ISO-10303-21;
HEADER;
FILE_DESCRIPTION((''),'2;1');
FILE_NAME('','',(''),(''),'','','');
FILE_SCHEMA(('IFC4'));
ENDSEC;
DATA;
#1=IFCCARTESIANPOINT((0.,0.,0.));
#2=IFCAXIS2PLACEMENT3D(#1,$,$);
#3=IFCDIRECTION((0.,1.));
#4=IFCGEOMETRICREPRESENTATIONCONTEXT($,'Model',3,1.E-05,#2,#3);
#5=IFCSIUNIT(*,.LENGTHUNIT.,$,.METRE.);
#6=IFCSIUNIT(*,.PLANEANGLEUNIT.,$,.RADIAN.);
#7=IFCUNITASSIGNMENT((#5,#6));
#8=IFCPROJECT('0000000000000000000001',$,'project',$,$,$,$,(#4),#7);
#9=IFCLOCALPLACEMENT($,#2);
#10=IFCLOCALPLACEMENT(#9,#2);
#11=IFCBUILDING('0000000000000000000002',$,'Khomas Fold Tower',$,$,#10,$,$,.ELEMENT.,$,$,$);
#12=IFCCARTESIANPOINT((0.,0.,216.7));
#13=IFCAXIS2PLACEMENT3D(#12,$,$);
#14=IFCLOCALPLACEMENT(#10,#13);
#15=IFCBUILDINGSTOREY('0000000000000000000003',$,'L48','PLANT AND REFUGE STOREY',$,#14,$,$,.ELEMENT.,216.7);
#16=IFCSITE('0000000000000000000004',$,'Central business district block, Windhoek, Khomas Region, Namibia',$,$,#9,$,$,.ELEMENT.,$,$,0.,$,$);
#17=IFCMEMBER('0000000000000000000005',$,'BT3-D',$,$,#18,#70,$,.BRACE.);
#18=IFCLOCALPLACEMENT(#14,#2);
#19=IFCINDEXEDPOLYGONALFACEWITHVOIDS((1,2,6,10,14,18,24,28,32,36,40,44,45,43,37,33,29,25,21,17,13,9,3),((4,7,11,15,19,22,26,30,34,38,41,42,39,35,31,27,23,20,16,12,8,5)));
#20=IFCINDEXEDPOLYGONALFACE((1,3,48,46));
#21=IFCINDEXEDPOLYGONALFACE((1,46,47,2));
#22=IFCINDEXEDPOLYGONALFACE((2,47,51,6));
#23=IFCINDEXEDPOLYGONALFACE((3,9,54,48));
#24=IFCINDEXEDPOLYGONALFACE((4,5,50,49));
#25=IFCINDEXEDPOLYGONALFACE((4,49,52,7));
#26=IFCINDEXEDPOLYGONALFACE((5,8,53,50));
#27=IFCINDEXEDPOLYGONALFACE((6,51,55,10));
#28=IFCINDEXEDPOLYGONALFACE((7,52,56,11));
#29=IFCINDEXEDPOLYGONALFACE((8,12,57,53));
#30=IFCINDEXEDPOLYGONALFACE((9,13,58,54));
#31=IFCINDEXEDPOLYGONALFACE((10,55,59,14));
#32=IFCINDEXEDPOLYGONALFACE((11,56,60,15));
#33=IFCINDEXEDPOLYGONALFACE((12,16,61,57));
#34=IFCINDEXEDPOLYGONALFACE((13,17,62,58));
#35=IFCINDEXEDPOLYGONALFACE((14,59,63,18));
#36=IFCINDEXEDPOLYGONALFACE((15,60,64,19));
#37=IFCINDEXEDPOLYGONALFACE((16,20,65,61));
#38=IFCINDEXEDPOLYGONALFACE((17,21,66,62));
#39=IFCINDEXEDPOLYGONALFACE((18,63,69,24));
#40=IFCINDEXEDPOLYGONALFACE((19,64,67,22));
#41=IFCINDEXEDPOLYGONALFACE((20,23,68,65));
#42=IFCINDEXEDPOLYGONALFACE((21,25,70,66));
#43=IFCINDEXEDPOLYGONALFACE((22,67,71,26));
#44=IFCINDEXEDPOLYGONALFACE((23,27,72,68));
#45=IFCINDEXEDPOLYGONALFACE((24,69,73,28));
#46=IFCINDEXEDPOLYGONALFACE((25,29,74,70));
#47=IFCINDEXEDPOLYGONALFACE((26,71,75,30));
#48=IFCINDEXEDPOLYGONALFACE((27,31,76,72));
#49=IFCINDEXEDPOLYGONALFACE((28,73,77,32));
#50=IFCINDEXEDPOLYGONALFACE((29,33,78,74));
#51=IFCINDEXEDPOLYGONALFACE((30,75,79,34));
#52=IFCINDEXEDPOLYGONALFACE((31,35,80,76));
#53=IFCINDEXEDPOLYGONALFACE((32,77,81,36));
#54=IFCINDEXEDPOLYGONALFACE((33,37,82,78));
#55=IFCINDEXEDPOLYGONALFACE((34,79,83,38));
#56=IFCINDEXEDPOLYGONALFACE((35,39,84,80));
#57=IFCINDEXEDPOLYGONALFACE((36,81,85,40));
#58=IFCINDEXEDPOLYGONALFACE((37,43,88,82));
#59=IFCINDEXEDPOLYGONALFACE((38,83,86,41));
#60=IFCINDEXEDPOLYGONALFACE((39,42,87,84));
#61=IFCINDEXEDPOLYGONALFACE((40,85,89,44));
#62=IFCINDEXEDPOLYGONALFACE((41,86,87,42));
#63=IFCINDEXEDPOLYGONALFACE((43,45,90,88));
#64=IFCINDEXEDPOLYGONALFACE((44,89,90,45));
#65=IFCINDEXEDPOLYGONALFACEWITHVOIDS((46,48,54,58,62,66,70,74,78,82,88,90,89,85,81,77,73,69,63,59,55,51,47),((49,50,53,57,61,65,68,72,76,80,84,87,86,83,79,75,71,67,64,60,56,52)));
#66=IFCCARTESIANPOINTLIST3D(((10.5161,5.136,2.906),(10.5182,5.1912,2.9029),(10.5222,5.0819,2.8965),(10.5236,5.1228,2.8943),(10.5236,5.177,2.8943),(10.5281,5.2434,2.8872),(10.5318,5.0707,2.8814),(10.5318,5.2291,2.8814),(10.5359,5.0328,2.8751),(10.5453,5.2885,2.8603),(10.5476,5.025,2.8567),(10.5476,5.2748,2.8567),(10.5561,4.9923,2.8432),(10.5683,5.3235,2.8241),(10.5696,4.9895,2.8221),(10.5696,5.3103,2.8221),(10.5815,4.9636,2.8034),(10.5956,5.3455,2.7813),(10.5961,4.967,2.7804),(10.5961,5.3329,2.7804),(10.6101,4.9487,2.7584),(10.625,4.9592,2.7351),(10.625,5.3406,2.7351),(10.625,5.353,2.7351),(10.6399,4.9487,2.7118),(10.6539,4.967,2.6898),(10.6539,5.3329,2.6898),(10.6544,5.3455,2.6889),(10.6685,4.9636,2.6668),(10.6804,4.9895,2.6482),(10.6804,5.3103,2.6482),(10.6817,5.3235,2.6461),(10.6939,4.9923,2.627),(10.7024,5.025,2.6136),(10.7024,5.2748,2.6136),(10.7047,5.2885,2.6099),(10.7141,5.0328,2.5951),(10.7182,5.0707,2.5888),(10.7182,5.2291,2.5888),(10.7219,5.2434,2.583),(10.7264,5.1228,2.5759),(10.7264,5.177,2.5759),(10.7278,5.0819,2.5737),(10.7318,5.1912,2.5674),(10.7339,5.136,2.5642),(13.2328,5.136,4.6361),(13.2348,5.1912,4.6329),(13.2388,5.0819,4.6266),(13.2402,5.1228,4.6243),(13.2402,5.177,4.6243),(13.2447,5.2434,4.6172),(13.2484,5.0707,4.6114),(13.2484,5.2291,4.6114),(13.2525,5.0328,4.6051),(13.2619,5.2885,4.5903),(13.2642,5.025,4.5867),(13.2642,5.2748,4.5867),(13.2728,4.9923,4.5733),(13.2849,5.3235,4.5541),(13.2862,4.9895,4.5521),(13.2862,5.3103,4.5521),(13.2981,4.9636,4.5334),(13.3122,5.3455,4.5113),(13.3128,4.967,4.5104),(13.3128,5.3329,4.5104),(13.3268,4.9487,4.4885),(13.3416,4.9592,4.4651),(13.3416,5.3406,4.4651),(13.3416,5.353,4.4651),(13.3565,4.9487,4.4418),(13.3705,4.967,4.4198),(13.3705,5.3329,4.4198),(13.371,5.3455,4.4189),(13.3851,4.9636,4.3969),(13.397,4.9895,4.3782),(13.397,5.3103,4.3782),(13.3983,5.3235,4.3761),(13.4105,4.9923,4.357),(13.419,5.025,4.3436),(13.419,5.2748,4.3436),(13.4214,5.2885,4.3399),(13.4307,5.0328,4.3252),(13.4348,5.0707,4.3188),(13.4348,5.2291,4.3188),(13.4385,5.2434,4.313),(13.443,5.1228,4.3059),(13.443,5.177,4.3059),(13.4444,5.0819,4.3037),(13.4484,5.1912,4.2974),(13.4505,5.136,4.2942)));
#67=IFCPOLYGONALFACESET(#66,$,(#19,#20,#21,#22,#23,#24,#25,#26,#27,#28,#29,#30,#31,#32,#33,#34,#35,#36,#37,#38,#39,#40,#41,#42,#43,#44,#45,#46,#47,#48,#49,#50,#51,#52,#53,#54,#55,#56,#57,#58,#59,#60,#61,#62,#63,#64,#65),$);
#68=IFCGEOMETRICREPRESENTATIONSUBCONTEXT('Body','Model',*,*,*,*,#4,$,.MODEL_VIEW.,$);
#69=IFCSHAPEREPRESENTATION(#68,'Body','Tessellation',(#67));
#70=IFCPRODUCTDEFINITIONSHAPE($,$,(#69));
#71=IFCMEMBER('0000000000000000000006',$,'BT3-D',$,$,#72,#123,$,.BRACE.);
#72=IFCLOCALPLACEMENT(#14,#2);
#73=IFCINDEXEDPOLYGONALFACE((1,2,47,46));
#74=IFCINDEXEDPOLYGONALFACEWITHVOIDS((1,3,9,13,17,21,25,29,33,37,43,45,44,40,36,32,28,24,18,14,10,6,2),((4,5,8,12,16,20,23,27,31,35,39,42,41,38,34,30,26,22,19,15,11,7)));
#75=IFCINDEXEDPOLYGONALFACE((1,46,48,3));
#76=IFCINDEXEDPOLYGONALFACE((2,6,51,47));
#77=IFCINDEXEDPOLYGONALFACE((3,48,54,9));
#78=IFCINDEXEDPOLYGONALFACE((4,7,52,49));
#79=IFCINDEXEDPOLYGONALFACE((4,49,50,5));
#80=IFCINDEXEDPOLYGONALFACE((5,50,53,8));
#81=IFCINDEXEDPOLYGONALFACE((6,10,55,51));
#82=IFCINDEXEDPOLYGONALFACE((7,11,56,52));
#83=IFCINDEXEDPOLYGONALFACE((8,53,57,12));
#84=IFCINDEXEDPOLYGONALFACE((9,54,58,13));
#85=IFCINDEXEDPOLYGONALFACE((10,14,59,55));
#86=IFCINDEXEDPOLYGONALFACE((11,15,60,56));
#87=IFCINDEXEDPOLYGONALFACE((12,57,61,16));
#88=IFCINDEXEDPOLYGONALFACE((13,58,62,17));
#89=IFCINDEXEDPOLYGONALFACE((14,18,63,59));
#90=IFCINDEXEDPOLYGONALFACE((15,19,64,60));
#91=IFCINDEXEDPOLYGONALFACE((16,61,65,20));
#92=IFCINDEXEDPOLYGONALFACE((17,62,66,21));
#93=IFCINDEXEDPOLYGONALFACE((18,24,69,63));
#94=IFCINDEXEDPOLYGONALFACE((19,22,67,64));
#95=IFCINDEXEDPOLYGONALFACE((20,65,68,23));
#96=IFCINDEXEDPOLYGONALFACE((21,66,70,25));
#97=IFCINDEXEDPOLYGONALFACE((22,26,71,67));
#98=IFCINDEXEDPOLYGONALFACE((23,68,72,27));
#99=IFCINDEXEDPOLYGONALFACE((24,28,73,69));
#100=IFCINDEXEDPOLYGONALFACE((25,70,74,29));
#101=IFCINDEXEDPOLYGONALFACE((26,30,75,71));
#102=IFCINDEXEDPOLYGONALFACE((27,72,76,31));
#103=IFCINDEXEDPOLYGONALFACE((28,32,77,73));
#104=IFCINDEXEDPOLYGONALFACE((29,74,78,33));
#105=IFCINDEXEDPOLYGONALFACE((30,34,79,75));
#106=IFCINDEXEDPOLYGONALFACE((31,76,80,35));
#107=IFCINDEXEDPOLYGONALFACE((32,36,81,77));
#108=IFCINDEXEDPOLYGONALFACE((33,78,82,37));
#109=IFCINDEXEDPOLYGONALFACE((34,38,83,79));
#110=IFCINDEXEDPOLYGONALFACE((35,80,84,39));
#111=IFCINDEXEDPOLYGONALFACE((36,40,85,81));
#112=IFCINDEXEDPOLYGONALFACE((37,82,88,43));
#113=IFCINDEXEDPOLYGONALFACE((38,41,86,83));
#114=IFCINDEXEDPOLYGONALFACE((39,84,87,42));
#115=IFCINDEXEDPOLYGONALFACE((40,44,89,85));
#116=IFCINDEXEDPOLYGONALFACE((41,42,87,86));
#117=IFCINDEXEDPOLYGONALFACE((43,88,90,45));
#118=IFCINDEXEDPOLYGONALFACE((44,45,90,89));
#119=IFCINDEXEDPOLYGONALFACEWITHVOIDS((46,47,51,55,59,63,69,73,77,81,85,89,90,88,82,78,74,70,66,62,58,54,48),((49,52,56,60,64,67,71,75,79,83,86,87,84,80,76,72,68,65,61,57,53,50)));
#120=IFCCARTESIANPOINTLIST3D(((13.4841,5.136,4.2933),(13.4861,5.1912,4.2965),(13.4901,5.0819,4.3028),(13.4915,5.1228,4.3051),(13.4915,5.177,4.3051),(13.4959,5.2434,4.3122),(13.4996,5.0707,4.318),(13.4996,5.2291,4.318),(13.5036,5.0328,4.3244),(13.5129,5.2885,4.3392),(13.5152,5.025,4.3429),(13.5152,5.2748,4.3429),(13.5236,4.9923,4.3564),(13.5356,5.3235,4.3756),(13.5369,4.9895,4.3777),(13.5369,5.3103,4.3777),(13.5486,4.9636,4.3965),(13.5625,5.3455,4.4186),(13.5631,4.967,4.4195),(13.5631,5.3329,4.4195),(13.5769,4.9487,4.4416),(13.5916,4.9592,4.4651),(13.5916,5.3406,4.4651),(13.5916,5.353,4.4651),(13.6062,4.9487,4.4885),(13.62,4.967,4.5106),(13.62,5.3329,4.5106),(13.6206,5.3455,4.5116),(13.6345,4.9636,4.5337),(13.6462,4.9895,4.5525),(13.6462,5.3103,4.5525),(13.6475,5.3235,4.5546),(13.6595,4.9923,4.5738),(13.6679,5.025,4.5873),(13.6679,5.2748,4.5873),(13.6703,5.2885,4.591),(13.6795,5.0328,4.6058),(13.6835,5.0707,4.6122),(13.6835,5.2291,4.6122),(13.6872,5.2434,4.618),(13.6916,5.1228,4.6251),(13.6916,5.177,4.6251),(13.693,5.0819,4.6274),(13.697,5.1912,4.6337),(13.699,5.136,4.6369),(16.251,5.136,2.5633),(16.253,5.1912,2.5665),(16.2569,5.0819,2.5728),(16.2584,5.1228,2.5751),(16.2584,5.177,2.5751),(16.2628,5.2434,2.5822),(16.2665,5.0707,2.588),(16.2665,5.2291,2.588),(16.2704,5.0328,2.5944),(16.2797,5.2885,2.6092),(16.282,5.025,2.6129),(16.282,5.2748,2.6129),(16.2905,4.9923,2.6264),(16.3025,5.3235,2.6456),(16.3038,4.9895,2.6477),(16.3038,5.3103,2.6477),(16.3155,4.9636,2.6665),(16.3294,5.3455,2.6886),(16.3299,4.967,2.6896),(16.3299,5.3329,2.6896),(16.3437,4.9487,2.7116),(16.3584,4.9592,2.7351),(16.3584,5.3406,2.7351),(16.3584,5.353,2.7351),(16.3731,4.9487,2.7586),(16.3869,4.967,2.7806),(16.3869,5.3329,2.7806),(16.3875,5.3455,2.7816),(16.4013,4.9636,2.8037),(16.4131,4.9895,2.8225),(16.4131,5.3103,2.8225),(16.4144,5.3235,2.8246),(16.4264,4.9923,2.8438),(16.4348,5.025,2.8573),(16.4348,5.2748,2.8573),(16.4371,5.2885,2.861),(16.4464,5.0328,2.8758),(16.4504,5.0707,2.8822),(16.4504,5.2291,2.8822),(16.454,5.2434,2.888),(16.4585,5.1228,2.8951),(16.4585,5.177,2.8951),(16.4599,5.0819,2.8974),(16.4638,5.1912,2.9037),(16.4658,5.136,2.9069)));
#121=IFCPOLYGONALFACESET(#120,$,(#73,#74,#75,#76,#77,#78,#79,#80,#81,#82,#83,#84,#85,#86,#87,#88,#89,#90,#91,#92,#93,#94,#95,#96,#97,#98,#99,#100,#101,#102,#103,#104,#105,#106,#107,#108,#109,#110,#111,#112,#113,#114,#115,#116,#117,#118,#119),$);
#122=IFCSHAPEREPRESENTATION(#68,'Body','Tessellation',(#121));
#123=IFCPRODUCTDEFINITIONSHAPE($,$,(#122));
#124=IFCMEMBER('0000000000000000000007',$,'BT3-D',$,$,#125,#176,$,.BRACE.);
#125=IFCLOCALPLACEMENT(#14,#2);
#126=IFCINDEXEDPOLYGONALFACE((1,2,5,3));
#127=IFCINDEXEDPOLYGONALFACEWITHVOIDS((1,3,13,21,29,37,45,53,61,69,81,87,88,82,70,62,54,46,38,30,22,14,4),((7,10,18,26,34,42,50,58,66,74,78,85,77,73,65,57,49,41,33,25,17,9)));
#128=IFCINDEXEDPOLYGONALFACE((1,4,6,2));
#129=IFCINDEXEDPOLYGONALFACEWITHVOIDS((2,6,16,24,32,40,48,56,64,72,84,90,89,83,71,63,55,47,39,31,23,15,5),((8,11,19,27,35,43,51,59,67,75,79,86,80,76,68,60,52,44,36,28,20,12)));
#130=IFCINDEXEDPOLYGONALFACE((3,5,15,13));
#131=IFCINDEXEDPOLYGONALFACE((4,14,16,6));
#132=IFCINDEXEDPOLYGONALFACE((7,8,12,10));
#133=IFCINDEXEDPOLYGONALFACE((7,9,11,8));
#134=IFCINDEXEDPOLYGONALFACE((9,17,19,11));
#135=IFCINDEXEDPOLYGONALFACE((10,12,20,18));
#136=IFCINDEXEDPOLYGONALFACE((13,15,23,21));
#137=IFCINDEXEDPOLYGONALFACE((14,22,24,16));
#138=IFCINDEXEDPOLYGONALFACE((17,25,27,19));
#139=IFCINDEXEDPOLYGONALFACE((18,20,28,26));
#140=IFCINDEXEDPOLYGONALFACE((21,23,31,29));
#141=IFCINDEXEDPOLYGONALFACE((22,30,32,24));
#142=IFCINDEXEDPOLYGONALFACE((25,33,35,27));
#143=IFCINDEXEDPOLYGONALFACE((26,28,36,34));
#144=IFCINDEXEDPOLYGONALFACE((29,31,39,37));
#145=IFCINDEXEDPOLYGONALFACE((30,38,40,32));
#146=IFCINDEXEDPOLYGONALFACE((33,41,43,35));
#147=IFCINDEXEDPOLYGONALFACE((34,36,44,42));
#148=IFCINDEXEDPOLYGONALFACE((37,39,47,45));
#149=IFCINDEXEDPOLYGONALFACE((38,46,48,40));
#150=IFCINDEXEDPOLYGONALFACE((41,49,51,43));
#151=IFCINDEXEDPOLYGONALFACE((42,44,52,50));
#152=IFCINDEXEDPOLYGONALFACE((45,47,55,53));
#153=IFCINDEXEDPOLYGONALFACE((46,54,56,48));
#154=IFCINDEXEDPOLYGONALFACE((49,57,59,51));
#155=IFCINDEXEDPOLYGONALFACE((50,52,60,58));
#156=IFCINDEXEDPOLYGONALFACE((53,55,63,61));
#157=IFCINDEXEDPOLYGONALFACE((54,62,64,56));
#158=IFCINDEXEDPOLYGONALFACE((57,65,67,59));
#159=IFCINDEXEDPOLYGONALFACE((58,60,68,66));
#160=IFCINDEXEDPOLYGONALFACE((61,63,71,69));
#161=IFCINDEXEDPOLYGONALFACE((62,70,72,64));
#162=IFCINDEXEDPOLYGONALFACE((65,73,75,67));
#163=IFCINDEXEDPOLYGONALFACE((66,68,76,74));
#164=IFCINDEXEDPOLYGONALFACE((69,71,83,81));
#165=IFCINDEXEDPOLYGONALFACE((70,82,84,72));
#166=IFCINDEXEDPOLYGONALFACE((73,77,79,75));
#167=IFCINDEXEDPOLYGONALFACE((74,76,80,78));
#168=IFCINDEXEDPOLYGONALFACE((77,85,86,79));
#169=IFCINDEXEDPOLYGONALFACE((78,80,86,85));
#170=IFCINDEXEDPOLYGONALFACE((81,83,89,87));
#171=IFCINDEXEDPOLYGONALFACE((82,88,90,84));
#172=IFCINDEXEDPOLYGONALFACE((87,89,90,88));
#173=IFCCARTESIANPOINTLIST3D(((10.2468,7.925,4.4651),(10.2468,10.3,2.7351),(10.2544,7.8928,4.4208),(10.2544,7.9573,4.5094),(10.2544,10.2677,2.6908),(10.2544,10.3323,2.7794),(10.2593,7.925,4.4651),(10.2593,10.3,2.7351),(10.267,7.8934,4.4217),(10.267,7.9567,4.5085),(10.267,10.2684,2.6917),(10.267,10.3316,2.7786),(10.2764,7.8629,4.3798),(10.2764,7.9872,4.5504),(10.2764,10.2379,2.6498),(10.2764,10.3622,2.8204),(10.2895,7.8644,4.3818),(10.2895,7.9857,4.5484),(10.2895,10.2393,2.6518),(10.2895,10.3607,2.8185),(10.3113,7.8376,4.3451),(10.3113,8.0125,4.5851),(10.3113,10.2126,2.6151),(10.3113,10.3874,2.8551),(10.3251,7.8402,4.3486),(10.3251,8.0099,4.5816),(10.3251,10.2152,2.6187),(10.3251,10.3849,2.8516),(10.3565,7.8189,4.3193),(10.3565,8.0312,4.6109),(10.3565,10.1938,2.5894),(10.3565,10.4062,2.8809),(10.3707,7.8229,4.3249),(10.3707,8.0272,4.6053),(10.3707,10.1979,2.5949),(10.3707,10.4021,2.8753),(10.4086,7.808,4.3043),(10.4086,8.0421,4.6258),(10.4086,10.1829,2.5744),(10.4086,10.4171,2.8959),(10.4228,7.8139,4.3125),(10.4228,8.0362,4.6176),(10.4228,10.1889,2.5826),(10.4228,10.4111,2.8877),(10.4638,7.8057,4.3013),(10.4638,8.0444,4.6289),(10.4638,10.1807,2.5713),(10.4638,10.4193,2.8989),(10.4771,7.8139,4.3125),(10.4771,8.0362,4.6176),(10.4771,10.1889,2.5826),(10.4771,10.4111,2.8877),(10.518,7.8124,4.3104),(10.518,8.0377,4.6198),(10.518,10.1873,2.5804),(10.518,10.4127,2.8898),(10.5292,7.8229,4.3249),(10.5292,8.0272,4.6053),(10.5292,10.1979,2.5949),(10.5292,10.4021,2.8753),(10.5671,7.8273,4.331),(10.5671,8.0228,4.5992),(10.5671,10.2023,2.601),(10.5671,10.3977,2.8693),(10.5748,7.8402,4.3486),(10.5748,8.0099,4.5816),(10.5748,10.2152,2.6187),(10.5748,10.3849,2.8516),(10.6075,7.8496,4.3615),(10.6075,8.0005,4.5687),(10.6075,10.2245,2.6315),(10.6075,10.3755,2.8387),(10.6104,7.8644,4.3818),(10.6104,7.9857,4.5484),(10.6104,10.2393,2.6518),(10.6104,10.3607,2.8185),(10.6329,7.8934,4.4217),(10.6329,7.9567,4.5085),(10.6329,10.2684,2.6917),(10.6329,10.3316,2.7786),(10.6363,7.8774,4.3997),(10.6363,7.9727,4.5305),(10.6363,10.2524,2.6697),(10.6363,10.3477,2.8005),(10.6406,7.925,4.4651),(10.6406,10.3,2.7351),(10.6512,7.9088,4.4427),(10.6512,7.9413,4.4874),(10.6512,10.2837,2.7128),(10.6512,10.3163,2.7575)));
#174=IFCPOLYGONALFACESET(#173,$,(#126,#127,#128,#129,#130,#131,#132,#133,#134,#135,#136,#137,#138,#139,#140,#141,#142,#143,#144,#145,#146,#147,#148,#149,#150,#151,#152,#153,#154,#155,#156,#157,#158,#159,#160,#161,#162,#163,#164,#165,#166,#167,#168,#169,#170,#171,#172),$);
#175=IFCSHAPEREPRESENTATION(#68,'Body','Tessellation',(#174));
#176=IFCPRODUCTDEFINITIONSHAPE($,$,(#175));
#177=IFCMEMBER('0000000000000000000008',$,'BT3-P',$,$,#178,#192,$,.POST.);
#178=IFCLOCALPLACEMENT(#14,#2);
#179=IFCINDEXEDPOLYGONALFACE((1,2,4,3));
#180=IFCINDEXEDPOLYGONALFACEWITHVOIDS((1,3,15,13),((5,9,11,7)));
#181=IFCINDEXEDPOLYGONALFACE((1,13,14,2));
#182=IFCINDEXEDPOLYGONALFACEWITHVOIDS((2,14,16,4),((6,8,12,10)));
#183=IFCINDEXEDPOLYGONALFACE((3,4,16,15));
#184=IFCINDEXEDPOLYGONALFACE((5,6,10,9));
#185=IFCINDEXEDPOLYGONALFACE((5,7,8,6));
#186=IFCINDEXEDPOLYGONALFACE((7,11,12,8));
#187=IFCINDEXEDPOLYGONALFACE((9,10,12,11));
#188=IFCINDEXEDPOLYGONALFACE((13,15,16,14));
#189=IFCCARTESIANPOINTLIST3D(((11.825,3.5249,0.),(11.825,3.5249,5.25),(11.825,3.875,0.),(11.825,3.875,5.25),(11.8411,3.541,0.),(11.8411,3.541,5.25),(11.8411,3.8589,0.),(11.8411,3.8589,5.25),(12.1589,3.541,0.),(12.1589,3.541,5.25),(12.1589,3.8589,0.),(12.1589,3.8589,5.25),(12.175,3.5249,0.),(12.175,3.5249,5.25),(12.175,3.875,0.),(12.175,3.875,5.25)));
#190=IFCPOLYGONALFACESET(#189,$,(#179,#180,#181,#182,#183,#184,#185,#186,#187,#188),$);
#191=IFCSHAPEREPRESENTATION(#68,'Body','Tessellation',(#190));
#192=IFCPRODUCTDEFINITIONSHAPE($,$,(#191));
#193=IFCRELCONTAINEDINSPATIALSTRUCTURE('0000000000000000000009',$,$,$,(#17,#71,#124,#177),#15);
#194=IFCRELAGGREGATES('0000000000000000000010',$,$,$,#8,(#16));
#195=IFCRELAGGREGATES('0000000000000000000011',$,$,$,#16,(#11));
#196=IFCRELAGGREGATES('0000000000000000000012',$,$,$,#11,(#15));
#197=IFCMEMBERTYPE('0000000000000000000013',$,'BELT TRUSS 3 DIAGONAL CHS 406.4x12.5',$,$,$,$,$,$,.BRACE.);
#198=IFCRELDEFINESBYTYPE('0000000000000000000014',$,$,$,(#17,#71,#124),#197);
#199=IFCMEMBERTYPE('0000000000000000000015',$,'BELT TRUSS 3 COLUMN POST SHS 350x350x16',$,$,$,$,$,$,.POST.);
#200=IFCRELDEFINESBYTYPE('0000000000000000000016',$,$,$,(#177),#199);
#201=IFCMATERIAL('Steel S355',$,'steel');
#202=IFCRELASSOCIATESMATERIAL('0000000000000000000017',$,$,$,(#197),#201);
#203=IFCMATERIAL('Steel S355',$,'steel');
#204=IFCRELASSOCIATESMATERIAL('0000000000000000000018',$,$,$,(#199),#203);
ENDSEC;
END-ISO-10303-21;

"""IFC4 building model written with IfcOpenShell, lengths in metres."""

from ifc_helpers import new_model, si_unit, direction, frame, origin, origin_2d, place, context, subcontext, project, spatial, hollow_rectangle, hollow_circle, extrude, source, transform, mapped, material, material_profile, profile_set, type_object, element, save


model = new_model("IFC4")

# Units and contexts
model_context = context("Model", 3, precision=1e-05, world=origin(), true_north=direction((0.0, 1.0)))
body_context = subcontext(model_context, "Body", "Model", "MODEL_VIEW")
ifc_project = project(units=[si_unit("LENGTHUNIT", "METRE"), si_unit("PLANEANGLEUNIT", "RADIAN")], contexts=[model_context])

# Site, building, storey
site_placement = place(None, origin())
site = spatial("IfcSite", under=ifc_project, at=site_placement, Name="Central business district block, Windhoek, Khomas Region, Namibia", CompositionType="ELEMENT", RefElevation=0.0)
building_placement = place(site_placement, origin())
building = spatial("IfcBuilding", under=site, at=building_placement, Name="Khomas Fold Tower", CompositionType="ELEMENT")
storey_placement = place(building_placement, frame((0.0, 0.0, 216.7)))
storey = spatial("IfcBuildingStorey", under=building, at=storey_placement, Name="L48", Description="PLANT AND REFUGE STOREY", CompositionType="ELEMENT", Elevation=216.7)

# Members
ifc_material_1 = material(Name="Steel S355", Category="steel")
ifc_material_profile_1 = material_profile(ifc_material_1, hollow_circle(Radius=0.2031, WallThickness=0.0125, at=origin_2d()), Name="CHS 406.4x12.5")
ifc_profile_set_1 = profile_set([ifc_material_profile_1], Name="Steel S355")
member_type_1 = type_object("IfcMemberType", Name="BELT TRUSS 3 DIAGONAL CHS 406.4x12.5", PredefinedType="BRACE", material=ifc_profile_set_1)
shared_shape_1 = source(origin(), body_context, "Body", "SweptSolid", [
    extrude(hollow_circle(Radius=0.2031, WallThickness=0.0125, at=origin_2d()), origin(), (0.0, 0.0, 1.0), 3.2207),
])
member_1_placement = place(storey_placement, frame((10.625, 5.1499, 2.7351), z_axis=(0.843484, 0.0, 0.537155), x_axis=(0.0, 1.0, 0.0)))
element("IfcMember", 1, at=member_1_placement, inside=storey, type_object=member_type_1, Name="BT3-D", PredefinedType="BRACE", context=body_context, shape_type="MappedRepresentation", body=[
    mapped(shared_shape_1, transform((0.0, 0.0, 0.0))),
])
shared_shape_2 = source(origin(), body_context, "Body", "SweptSolid", [
    extrude(hollow_circle(Radius=0.2031, WallThickness=0.0125, at=origin_2d()), origin(), (0.0, 0.0, 1.0), 3.2632),
])
member_2_placement = place(storey_placement, frame((13.5916, 5.1499, 4.4651), z_axis=(0.847902, 0.0, -0.530154), x_axis=(0.0, 1.0, 0.0)))
element("IfcMember", 2, at=member_2_placement, inside=storey, type_object=member_type_1, Name="BT3-D", PredefinedType="BRACE", context=body_context, shape_type="MappedRepresentation", body=[
    mapped(shared_shape_2, transform((0.0, 0.0, 0.0))),
])
shared_shape_3 = source(origin(), body_context, "Body", "SweptSolid", [
    extrude(hollow_circle(Radius=0.2031, WallThickness=0.0125, at=origin_2d()), origin(), (0.0, 0.0, 1.0), 2.9382),
])
member_3_placement = place(storey_placement, frame((10.45, 7.925, 4.4651), z_axis=(0.0, 0.808298, -0.588774), x_axis=(-1.0, 0.0, 0.0)))
element("IfcMember", 3, at=member_3_placement, inside=storey, type_object=member_type_1, Name="BT3-D", PredefinedType="BRACE", context=body_context, shape_type="MappedRepresentation", body=[
    mapped(shared_shape_3, transform((0.0, 0.0, 0.0))),
])
ifc_material_2 = material(Name="Steel S355", Category="steel")
ifc_material_profile_2 = material_profile(ifc_material_2, hollow_rectangle(XDim=0.3501, YDim=0.3501, WallThickness=0.0161, at=origin_2d()), Name="SHS 350x350x16")
ifc_profile_set_2 = profile_set([ifc_material_profile_2], Name="Steel S355")
member_type_2 = type_object("IfcMemberType", Name="BELT TRUSS 3 COLUMN POST SHS 350x350x16", PredefinedType="POST", material=ifc_profile_set_2)
shared_shape_4 = source(origin(), body_context, "Body", "SweptSolid", [
    extrude(hollow_rectangle(XDim=0.3501, YDim=0.3501, WallThickness=0.0161, at=origin_2d()), origin(), (0.0, 0.0, 1.0), 5.25),
])
member_4_placement = place(storey_placement, frame((12.0, 3.7, 0.0), z_axis=(0.0, 0.0, 1.0), x_axis=(1.0, 0.0, 0.0)))
element("IfcMember", 4, at=member_4_placement, inside=storey, type_object=member_type_2, Name="BT3-P", PredefinedType="POST", context=body_context, shape_type="MappedRepresentation", body=[
    mapped(shared_shape_4, transform((0.0, 0.0, 0.0))),
])

save(model, "model.ifc")
